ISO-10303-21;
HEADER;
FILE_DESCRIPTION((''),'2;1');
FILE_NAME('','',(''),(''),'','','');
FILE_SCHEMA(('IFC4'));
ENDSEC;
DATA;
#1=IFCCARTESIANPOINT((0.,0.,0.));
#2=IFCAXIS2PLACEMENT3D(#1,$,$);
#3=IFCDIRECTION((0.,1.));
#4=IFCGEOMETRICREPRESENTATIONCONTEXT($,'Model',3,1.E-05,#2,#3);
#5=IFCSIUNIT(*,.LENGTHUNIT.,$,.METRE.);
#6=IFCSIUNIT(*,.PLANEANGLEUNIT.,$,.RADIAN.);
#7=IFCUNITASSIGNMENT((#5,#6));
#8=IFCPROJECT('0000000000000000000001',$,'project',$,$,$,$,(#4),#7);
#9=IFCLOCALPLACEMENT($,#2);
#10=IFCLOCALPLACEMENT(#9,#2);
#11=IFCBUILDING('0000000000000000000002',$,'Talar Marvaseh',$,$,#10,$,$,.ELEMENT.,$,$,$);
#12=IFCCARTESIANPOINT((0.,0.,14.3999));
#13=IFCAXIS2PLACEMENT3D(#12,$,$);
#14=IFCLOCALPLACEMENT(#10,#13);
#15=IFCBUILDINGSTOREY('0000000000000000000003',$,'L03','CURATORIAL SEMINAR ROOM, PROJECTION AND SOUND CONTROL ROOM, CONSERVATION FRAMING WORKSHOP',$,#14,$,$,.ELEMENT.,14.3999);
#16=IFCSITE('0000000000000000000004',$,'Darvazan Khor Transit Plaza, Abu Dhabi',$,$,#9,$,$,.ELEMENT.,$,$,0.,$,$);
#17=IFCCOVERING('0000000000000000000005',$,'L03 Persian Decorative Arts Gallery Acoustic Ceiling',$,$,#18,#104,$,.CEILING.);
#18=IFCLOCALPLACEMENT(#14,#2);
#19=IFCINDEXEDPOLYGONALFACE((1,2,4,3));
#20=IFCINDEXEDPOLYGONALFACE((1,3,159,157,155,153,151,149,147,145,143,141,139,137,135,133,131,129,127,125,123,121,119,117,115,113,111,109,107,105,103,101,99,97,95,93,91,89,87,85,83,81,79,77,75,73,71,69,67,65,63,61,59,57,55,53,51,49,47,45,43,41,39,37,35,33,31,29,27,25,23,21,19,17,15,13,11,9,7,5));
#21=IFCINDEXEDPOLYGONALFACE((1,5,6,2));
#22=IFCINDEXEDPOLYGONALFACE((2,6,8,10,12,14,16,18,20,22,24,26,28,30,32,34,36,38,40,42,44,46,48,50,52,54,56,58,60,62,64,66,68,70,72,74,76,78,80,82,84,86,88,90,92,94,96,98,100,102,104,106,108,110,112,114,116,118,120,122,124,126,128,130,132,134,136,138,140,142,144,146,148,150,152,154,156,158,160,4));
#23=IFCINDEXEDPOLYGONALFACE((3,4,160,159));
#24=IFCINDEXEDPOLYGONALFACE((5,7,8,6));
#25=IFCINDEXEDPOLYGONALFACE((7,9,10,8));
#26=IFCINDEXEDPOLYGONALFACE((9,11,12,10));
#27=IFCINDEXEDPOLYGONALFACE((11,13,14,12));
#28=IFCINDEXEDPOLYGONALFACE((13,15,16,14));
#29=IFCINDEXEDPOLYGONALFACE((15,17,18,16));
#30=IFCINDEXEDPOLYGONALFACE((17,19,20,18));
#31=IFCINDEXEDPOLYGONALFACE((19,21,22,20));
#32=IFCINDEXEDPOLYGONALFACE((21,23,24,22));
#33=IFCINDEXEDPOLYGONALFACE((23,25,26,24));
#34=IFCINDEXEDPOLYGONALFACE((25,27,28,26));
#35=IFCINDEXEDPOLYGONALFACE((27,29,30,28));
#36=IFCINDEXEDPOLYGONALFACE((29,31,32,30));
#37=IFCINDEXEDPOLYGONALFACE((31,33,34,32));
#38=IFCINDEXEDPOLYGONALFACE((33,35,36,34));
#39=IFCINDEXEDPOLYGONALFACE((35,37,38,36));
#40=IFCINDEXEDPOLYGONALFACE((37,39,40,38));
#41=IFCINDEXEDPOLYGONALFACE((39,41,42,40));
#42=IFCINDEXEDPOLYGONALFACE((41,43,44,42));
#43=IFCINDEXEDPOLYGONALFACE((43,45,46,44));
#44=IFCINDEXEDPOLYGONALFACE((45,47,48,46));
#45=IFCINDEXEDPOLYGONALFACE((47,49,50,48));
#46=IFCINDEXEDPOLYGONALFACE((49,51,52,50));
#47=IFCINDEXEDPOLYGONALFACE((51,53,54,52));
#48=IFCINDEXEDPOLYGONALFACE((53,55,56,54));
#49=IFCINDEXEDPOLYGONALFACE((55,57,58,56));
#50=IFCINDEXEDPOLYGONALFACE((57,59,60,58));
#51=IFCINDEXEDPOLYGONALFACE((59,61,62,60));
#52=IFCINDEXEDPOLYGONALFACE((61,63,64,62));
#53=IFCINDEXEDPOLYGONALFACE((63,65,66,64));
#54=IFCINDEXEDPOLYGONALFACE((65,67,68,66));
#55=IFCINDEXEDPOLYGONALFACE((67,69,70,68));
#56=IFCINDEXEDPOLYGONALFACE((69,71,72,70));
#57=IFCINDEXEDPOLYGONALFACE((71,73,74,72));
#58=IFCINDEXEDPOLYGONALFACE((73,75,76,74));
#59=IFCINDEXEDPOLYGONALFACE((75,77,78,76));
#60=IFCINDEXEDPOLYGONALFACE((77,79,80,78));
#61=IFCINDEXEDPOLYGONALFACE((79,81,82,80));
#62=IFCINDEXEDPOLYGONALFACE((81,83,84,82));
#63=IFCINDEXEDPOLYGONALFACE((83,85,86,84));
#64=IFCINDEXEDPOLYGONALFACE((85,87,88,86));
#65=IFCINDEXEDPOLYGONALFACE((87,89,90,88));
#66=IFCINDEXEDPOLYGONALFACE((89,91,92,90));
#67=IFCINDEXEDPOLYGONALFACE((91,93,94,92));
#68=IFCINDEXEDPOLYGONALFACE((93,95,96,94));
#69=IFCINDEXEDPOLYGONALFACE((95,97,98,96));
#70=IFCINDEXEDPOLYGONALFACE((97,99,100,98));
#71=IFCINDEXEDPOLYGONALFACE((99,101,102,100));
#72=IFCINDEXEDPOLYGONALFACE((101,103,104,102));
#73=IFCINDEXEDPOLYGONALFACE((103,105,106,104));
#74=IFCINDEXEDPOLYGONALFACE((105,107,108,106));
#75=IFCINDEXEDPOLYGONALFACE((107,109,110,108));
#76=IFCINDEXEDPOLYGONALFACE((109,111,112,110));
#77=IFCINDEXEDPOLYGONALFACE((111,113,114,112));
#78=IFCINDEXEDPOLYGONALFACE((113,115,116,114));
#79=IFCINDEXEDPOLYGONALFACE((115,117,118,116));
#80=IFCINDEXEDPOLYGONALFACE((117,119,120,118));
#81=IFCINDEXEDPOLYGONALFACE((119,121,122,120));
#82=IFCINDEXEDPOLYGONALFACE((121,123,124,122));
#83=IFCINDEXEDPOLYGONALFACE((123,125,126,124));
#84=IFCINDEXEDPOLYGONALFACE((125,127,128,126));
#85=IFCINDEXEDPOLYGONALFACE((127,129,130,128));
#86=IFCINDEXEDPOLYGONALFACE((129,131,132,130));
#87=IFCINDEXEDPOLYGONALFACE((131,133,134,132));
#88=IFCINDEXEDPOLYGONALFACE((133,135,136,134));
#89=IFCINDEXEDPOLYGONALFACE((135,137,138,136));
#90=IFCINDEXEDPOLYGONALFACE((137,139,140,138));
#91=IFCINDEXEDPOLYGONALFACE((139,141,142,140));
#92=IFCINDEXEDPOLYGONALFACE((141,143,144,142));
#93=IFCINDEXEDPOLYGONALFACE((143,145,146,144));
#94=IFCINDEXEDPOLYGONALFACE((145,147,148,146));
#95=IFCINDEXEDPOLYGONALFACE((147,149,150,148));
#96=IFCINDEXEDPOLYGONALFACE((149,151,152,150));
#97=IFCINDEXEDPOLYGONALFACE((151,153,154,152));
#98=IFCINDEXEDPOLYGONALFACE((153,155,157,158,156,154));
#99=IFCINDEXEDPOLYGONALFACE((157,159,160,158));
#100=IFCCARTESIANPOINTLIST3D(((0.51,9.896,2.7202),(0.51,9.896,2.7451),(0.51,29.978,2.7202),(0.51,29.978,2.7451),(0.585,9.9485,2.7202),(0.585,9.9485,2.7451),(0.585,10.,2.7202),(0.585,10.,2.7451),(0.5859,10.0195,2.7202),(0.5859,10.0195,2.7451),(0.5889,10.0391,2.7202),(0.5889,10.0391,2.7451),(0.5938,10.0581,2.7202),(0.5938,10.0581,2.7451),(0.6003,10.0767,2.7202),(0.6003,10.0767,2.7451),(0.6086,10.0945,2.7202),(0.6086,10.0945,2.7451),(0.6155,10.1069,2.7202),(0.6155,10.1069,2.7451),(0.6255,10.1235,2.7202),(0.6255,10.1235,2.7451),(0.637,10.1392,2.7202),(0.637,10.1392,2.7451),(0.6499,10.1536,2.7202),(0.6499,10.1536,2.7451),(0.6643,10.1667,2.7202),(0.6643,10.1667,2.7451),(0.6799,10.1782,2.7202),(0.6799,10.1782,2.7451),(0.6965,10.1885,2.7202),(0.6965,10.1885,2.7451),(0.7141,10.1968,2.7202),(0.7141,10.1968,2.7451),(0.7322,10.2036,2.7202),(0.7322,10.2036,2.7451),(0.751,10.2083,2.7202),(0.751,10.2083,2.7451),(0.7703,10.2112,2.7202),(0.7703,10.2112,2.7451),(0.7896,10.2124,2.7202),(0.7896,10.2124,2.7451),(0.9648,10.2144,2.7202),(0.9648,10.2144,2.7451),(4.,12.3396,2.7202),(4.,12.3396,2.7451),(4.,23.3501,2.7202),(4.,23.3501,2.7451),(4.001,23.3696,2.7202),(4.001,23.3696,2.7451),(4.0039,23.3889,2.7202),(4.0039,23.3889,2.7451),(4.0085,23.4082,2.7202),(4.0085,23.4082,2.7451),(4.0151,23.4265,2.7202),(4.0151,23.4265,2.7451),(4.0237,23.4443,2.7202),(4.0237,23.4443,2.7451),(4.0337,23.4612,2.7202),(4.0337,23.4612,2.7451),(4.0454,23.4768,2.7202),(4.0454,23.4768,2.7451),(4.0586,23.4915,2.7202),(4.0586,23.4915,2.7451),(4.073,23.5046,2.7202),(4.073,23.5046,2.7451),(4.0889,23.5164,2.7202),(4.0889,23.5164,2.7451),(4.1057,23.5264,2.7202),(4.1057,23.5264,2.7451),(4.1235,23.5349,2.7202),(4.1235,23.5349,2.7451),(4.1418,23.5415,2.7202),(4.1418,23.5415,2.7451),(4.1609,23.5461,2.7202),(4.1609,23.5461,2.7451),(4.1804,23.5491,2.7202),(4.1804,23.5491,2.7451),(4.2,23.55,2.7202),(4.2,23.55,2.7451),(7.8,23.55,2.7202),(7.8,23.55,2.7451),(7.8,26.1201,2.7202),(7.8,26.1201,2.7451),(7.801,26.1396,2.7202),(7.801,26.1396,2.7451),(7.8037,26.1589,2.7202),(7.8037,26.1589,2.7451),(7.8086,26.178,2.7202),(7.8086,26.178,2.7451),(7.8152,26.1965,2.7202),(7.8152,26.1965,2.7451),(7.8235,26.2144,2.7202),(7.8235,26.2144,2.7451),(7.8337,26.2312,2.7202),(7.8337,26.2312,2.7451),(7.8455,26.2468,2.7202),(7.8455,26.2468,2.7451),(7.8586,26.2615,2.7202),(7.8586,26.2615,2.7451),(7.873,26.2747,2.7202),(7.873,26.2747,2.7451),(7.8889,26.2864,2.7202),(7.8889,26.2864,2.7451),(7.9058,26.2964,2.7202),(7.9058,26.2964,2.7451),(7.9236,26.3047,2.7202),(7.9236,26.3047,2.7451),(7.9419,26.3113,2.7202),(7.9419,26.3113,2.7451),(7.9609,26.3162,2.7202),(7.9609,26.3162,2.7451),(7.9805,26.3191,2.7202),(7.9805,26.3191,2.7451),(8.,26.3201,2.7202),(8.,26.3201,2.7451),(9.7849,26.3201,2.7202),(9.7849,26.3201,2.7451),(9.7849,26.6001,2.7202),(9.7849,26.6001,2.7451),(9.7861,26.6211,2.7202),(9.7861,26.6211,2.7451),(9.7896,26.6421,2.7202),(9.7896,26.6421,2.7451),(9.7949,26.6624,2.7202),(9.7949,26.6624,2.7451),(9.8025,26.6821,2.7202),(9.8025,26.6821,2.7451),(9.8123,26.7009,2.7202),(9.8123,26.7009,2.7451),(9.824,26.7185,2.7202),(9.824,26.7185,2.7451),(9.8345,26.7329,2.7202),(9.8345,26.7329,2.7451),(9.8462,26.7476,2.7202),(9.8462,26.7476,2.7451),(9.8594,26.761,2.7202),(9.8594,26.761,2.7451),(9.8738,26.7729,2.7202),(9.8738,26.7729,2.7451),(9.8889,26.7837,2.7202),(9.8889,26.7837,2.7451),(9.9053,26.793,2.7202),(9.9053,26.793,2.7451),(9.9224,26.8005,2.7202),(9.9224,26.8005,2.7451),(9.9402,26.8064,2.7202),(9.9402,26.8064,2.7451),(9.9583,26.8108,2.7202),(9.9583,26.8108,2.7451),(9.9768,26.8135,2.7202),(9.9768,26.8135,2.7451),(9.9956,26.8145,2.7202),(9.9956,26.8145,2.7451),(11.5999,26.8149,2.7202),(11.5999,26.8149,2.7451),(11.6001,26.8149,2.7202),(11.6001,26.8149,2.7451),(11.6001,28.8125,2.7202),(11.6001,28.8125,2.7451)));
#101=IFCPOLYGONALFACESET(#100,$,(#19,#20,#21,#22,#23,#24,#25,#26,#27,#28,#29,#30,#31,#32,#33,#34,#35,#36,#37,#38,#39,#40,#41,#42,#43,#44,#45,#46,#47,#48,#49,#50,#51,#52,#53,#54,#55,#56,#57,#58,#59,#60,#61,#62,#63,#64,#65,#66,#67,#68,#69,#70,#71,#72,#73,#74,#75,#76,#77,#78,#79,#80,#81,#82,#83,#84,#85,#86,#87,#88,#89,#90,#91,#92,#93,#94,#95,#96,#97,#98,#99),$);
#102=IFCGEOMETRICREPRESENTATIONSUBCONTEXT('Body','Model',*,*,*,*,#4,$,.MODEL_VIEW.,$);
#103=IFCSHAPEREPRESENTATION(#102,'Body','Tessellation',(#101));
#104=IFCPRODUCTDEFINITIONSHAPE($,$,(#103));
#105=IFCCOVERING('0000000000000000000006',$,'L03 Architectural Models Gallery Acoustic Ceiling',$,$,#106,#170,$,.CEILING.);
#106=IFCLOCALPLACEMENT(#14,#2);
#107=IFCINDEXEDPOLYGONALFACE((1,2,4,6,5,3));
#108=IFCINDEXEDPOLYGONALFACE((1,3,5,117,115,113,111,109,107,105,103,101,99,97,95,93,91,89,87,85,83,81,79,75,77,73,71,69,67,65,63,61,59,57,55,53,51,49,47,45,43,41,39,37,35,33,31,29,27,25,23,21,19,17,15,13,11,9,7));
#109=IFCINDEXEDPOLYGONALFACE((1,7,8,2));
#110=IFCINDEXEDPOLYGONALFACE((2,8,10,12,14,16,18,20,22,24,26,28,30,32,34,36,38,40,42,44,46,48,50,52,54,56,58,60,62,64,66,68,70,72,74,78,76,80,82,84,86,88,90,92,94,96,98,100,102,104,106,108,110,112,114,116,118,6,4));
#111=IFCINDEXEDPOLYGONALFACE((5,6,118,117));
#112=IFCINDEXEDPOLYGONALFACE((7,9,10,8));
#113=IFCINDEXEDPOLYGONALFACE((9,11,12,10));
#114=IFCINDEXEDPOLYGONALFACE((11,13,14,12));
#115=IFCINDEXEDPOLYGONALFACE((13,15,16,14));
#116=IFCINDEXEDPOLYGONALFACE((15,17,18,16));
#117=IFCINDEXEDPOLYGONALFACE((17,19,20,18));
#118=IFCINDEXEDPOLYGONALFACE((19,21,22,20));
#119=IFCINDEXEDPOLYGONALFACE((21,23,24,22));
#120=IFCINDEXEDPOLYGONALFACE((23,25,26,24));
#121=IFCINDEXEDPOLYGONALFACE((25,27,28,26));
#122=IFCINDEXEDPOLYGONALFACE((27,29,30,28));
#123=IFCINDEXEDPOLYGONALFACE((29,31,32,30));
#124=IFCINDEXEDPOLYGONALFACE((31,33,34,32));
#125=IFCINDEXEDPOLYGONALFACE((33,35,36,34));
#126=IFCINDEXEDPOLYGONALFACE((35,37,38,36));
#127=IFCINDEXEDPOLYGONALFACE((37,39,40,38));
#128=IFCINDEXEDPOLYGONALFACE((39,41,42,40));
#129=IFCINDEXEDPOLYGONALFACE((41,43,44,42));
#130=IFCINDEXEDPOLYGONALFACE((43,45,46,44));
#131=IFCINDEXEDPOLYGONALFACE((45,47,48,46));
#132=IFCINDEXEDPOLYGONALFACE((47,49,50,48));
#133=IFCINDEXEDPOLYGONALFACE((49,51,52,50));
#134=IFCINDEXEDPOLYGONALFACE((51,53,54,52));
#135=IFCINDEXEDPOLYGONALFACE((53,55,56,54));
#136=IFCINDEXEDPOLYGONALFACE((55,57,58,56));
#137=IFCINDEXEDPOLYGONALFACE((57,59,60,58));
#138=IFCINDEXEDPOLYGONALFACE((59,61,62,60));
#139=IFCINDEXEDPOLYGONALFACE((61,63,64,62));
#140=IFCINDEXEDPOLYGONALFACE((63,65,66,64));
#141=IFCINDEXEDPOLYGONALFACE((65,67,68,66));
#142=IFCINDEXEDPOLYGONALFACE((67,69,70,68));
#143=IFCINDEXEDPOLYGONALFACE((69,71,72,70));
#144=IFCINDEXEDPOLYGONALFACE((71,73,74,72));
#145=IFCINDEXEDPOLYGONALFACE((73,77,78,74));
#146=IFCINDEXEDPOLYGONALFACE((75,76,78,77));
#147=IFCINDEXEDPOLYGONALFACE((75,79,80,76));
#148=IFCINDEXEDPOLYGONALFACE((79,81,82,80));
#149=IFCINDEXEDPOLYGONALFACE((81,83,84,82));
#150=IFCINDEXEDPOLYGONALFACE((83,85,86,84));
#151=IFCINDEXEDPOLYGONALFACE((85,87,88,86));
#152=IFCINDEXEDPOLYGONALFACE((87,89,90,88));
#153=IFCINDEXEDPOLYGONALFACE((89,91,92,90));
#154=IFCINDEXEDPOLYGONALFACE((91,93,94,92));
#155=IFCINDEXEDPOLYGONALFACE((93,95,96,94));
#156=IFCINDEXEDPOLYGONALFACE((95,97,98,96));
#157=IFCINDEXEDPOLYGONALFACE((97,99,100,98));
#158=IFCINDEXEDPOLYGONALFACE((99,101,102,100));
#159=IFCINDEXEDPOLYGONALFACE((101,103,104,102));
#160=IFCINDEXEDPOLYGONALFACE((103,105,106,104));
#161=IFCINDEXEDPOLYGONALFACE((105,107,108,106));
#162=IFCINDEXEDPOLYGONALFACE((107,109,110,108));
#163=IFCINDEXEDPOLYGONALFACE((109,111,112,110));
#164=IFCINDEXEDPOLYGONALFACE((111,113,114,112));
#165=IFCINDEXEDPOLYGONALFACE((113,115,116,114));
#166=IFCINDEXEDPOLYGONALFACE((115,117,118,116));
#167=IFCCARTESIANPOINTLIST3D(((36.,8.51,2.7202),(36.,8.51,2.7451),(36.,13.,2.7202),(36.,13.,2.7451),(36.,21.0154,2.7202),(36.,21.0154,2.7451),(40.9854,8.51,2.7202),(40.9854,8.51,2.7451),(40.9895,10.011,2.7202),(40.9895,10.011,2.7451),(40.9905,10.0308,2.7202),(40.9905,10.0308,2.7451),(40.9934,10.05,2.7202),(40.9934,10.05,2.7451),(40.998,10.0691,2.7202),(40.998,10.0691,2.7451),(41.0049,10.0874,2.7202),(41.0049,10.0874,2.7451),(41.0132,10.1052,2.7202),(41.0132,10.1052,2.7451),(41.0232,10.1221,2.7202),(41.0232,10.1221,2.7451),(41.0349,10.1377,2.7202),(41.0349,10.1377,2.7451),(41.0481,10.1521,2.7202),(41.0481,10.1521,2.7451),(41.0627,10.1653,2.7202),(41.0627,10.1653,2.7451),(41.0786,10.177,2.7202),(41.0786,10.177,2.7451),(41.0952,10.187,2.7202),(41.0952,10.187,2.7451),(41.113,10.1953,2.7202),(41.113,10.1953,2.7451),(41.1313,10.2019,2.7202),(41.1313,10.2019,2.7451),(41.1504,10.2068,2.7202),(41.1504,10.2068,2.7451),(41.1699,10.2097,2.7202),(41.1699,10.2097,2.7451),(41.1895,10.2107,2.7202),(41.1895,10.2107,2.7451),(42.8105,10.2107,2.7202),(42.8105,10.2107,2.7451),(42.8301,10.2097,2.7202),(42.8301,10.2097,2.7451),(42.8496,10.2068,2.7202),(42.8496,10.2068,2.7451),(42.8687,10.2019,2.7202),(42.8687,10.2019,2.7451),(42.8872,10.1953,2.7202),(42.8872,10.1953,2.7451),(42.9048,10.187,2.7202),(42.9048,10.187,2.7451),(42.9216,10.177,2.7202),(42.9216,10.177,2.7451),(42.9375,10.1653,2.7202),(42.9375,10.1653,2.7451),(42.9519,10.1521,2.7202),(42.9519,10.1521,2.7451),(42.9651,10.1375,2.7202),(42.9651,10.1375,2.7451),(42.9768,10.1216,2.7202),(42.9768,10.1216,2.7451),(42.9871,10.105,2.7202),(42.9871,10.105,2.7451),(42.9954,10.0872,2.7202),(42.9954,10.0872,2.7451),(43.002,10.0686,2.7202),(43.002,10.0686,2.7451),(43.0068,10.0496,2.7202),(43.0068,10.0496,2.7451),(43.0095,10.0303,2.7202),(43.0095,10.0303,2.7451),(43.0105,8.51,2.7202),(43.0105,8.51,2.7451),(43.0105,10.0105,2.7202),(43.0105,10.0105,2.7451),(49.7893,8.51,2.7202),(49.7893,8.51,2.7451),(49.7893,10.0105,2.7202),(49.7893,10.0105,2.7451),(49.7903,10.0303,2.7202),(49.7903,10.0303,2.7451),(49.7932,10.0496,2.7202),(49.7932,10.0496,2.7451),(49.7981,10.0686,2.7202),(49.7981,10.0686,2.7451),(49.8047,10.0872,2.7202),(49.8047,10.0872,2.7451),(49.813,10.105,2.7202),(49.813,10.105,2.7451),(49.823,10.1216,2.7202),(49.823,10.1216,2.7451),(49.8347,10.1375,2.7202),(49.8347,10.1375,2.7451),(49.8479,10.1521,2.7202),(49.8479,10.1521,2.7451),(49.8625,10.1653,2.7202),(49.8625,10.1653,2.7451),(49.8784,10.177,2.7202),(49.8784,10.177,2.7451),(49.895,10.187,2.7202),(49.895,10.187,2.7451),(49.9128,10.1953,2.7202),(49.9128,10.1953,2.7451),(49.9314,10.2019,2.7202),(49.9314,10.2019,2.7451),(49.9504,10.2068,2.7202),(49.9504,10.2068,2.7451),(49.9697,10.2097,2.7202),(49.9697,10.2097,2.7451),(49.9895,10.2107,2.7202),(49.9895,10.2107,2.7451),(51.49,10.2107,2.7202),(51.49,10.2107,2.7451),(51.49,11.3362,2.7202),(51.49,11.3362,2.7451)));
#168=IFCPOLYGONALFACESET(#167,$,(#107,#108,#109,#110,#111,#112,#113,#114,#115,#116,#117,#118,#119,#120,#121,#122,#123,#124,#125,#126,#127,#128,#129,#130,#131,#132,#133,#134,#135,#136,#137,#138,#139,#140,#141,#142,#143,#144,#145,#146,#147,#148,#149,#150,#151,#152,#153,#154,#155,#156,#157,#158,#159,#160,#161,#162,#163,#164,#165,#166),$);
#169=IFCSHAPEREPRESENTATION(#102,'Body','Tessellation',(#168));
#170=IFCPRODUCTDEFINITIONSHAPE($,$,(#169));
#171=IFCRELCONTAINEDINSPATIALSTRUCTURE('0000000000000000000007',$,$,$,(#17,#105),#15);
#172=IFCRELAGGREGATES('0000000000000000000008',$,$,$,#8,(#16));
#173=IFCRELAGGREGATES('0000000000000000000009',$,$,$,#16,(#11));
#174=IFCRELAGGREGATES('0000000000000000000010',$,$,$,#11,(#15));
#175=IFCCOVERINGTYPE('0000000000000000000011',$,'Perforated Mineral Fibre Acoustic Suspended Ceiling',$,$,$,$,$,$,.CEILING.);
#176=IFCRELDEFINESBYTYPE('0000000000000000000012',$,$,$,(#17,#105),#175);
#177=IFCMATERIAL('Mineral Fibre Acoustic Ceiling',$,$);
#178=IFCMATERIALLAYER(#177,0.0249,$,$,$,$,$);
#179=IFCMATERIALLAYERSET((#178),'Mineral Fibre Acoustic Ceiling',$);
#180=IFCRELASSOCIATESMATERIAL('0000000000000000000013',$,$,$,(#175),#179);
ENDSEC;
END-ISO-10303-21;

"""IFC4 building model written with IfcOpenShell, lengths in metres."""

from ifc_helpers import new_model, si_unit, direction, frame, origin, place, context, subcontext, project, spatial, polyline, outline, extrude, material, layer, layer_set, type_object, element, save


model = new_model("IFC4")

# Units and contexts
model_context = context("Model", 3, precision=1e-05, world=origin(), true_north=direction((0.0, 1.0)))
body_context = subcontext(model_context, "Body", "Model", "MODEL_VIEW")
ifc_project = project(units=[si_unit("LENGTHUNIT", "METRE"), si_unit("PLANEANGLEUNIT", "RADIAN")], contexts=[model_context])

# Site, building, storey
site_placement = place(None, origin())
site = spatial("IfcSite", under=ifc_project, at=site_placement, Name="Darvazan Khor Transit Plaza, Abu Dhabi", CompositionType="ELEMENT", RefElevation=0.0)
building_placement = place(site_placement, origin())
building = spatial("IfcBuilding", under=site, at=building_placement, Name="Talar Marvaseh", CompositionType="ELEMENT")
storey_placement = place(building_placement, frame((0.0, 0.0, 14.3999)))
storey = spatial("IfcBuildingStorey", under=building, at=storey_placement, Name="L03", Description="CURATORIAL SEMINAR ROOM, PROJECTION AND SOUND CONTROL ROOM, CONSERVATION FRAMING WORKSHOP", CompositionType="ELEMENT", Elevation=14.3999)

# Coverings
ifc_material_1 = material(Name="Mineral Fibre Acoustic Ceiling")
ifc_layer_1 = layer(ifc_material_1, 0.0249)
ifc_layer_set_1 = layer_set([ifc_layer_1], Name="Mineral Fibre Acoustic Ceiling")
covering_type_1 = type_object("IfcCoveringType", Name="Perforated Mineral Fibre Acoustic Suspended Ceiling", PredefinedType="CEILING", material=ifc_layer_set_1)
covering_1_placement = place(storey_placement, frame((0.0, 0.0, 2.7202)))
element("IfcCovering", 1, at=covering_1_placement, inside=storey, type_object=covering_type_1, Name="L03 Persian Decorative Arts Gallery Acoustic Ceiling", PredefinedType="CEILING", context=body_context, shape_type="SweptSolid", body=[
    extrude(outline(polyline([(9.9956, 26.8145), (9.9768, 26.8135), (9.9583, 26.8108), (9.9402, 26.8064), (9.9224, 26.8005), (9.9053, 26.793), (9.8889, 26.7837), (9.8738, 26.7729), (9.8594, 26.761), (9.8462, 26.7476), (9.8345, 26.7329), (9.824, 26.7185), (9.8123, 26.7009), (9.8025, 26.6821), (9.7949, 26.6624), (9.7896, 26.6421), (9.7861, 26.6211), (9.7849, 26.6001), (9.7849, 26.3201), (8.0, 26.3201), (7.9805, 26.3191), (7.9609, 26.3162), (7.9419, 26.3113), (7.9236, 26.3047), (7.9058, 26.2964), (7.8889, 26.2864), (7.873, 26.2747), (7.8586, 26.2615), (7.8455, 26.2468), (7.8337, 26.2312), (7.8235, 26.2144), (7.8152, 26.1965), (7.8086, 26.178), (7.8037, 26.1589), (7.801, 26.1396), (7.8, 26.1201), (7.8, 23.55), (4.2, 23.55), (4.1804, 23.5491), (4.1609, 23.5461), (4.1418, 23.5415), (4.1235, 23.5349), (4.1057, 23.5264), (4.0889, 23.5164), (4.073, 23.5046), (4.0586, 23.4915), (4.0454, 23.4768), (4.0337, 23.4612), (4.0237, 23.4443), (4.0151, 23.4265), (4.0085, 23.4082), (4.0039, 23.3889), (4.001, 23.3696), (4.0, 23.3501), (4.0, 12.3396), (0.9648, 10.2144), (0.7896, 10.2124), (0.7703, 10.2112), (0.751, 10.2083), (0.7322, 10.2036), (0.7141, 10.1968), (0.6965, 10.1885), (0.6799, 10.1782), (0.6643, 10.1667), (0.6499, 10.1536), (0.637, 10.1392), (0.6255, 10.1235), (0.6155, 10.1069), (0.6086, 10.0945), (0.6003, 10.0767), (0.5938, 10.0581), (0.5889, 10.0391), (0.5859, 10.0195), (0.585, 10.0), (0.585, 9.9485), (0.51, 9.896), (0.51, 29.978), (11.6001, 28.8125), (11.6001, 26.8149), (11.5999, 26.8149), (9.9956, 26.8145)])), origin(), (0.0, 0.0, 1.0), 0.0249),
])
covering_2_placement = place(storey_placement, frame((0.0, 0.0, 2.7202)))
element("IfcCovering", 2, at=covering_2_placement, inside=storey, type_object=covering_type_1, Name="L03 Architectural Models Gallery Acoustic Ceiling", PredefinedType="CEILING", context=body_context, shape_type="SweptSolid", body=[
    extrude(outline(polyline([(51.49, 11.3362), (51.49, 10.2107), (49.9895, 10.2107), (49.9697, 10.2097), (49.9504, 10.2068), (49.9314, 10.2019), (49.9128, 10.1953), (49.895, 10.187), (49.8784, 10.177), (49.8625, 10.1653), (49.8479, 10.1521), (49.8347, 10.1375), (49.823, 10.1216), (49.813, 10.105), (49.8047, 10.0872), (49.7981, 10.0686), (49.7932, 10.0496), (49.7903, 10.0303), (49.7893, 10.0105), (49.7893, 8.51), (43.0105, 8.51), (43.0105, 10.0105), (43.0095, 10.0303), (43.0068, 10.0496), (43.002, 10.0686), (42.9954, 10.0872), (42.9871, 10.105), (42.9768, 10.1216), (42.9651, 10.1375), (42.9519, 10.1521), (42.9375, 10.1653), (42.9216, 10.177), (42.9048, 10.187), (42.8872, 10.1953), (42.8687, 10.2019), (42.8496, 10.2068), (42.8301, 10.2097), (42.8105, 10.2107), (41.1895, 10.2107), (41.1699, 10.2097), (41.1504, 10.2068), (41.1313, 10.2019), (41.113, 10.1953), (41.0952, 10.187), (41.0786, 10.177), (41.0627, 10.1653), (41.0481, 10.1521), (41.0349, 10.1377), (41.0232, 10.1221), (41.0132, 10.1052), (41.0049, 10.0874), (40.998, 10.0691), (40.9934, 10.05), (40.9905, 10.0308), (40.9895, 10.011), (40.9854, 8.51), (36.0, 8.51), (36.0, 13.0), (36.0, 21.0154), (51.49, 11.3362)])), origin(), (0.0, 0.0, 1.0), 0.0249),
])

save(model, "model.ifc")
